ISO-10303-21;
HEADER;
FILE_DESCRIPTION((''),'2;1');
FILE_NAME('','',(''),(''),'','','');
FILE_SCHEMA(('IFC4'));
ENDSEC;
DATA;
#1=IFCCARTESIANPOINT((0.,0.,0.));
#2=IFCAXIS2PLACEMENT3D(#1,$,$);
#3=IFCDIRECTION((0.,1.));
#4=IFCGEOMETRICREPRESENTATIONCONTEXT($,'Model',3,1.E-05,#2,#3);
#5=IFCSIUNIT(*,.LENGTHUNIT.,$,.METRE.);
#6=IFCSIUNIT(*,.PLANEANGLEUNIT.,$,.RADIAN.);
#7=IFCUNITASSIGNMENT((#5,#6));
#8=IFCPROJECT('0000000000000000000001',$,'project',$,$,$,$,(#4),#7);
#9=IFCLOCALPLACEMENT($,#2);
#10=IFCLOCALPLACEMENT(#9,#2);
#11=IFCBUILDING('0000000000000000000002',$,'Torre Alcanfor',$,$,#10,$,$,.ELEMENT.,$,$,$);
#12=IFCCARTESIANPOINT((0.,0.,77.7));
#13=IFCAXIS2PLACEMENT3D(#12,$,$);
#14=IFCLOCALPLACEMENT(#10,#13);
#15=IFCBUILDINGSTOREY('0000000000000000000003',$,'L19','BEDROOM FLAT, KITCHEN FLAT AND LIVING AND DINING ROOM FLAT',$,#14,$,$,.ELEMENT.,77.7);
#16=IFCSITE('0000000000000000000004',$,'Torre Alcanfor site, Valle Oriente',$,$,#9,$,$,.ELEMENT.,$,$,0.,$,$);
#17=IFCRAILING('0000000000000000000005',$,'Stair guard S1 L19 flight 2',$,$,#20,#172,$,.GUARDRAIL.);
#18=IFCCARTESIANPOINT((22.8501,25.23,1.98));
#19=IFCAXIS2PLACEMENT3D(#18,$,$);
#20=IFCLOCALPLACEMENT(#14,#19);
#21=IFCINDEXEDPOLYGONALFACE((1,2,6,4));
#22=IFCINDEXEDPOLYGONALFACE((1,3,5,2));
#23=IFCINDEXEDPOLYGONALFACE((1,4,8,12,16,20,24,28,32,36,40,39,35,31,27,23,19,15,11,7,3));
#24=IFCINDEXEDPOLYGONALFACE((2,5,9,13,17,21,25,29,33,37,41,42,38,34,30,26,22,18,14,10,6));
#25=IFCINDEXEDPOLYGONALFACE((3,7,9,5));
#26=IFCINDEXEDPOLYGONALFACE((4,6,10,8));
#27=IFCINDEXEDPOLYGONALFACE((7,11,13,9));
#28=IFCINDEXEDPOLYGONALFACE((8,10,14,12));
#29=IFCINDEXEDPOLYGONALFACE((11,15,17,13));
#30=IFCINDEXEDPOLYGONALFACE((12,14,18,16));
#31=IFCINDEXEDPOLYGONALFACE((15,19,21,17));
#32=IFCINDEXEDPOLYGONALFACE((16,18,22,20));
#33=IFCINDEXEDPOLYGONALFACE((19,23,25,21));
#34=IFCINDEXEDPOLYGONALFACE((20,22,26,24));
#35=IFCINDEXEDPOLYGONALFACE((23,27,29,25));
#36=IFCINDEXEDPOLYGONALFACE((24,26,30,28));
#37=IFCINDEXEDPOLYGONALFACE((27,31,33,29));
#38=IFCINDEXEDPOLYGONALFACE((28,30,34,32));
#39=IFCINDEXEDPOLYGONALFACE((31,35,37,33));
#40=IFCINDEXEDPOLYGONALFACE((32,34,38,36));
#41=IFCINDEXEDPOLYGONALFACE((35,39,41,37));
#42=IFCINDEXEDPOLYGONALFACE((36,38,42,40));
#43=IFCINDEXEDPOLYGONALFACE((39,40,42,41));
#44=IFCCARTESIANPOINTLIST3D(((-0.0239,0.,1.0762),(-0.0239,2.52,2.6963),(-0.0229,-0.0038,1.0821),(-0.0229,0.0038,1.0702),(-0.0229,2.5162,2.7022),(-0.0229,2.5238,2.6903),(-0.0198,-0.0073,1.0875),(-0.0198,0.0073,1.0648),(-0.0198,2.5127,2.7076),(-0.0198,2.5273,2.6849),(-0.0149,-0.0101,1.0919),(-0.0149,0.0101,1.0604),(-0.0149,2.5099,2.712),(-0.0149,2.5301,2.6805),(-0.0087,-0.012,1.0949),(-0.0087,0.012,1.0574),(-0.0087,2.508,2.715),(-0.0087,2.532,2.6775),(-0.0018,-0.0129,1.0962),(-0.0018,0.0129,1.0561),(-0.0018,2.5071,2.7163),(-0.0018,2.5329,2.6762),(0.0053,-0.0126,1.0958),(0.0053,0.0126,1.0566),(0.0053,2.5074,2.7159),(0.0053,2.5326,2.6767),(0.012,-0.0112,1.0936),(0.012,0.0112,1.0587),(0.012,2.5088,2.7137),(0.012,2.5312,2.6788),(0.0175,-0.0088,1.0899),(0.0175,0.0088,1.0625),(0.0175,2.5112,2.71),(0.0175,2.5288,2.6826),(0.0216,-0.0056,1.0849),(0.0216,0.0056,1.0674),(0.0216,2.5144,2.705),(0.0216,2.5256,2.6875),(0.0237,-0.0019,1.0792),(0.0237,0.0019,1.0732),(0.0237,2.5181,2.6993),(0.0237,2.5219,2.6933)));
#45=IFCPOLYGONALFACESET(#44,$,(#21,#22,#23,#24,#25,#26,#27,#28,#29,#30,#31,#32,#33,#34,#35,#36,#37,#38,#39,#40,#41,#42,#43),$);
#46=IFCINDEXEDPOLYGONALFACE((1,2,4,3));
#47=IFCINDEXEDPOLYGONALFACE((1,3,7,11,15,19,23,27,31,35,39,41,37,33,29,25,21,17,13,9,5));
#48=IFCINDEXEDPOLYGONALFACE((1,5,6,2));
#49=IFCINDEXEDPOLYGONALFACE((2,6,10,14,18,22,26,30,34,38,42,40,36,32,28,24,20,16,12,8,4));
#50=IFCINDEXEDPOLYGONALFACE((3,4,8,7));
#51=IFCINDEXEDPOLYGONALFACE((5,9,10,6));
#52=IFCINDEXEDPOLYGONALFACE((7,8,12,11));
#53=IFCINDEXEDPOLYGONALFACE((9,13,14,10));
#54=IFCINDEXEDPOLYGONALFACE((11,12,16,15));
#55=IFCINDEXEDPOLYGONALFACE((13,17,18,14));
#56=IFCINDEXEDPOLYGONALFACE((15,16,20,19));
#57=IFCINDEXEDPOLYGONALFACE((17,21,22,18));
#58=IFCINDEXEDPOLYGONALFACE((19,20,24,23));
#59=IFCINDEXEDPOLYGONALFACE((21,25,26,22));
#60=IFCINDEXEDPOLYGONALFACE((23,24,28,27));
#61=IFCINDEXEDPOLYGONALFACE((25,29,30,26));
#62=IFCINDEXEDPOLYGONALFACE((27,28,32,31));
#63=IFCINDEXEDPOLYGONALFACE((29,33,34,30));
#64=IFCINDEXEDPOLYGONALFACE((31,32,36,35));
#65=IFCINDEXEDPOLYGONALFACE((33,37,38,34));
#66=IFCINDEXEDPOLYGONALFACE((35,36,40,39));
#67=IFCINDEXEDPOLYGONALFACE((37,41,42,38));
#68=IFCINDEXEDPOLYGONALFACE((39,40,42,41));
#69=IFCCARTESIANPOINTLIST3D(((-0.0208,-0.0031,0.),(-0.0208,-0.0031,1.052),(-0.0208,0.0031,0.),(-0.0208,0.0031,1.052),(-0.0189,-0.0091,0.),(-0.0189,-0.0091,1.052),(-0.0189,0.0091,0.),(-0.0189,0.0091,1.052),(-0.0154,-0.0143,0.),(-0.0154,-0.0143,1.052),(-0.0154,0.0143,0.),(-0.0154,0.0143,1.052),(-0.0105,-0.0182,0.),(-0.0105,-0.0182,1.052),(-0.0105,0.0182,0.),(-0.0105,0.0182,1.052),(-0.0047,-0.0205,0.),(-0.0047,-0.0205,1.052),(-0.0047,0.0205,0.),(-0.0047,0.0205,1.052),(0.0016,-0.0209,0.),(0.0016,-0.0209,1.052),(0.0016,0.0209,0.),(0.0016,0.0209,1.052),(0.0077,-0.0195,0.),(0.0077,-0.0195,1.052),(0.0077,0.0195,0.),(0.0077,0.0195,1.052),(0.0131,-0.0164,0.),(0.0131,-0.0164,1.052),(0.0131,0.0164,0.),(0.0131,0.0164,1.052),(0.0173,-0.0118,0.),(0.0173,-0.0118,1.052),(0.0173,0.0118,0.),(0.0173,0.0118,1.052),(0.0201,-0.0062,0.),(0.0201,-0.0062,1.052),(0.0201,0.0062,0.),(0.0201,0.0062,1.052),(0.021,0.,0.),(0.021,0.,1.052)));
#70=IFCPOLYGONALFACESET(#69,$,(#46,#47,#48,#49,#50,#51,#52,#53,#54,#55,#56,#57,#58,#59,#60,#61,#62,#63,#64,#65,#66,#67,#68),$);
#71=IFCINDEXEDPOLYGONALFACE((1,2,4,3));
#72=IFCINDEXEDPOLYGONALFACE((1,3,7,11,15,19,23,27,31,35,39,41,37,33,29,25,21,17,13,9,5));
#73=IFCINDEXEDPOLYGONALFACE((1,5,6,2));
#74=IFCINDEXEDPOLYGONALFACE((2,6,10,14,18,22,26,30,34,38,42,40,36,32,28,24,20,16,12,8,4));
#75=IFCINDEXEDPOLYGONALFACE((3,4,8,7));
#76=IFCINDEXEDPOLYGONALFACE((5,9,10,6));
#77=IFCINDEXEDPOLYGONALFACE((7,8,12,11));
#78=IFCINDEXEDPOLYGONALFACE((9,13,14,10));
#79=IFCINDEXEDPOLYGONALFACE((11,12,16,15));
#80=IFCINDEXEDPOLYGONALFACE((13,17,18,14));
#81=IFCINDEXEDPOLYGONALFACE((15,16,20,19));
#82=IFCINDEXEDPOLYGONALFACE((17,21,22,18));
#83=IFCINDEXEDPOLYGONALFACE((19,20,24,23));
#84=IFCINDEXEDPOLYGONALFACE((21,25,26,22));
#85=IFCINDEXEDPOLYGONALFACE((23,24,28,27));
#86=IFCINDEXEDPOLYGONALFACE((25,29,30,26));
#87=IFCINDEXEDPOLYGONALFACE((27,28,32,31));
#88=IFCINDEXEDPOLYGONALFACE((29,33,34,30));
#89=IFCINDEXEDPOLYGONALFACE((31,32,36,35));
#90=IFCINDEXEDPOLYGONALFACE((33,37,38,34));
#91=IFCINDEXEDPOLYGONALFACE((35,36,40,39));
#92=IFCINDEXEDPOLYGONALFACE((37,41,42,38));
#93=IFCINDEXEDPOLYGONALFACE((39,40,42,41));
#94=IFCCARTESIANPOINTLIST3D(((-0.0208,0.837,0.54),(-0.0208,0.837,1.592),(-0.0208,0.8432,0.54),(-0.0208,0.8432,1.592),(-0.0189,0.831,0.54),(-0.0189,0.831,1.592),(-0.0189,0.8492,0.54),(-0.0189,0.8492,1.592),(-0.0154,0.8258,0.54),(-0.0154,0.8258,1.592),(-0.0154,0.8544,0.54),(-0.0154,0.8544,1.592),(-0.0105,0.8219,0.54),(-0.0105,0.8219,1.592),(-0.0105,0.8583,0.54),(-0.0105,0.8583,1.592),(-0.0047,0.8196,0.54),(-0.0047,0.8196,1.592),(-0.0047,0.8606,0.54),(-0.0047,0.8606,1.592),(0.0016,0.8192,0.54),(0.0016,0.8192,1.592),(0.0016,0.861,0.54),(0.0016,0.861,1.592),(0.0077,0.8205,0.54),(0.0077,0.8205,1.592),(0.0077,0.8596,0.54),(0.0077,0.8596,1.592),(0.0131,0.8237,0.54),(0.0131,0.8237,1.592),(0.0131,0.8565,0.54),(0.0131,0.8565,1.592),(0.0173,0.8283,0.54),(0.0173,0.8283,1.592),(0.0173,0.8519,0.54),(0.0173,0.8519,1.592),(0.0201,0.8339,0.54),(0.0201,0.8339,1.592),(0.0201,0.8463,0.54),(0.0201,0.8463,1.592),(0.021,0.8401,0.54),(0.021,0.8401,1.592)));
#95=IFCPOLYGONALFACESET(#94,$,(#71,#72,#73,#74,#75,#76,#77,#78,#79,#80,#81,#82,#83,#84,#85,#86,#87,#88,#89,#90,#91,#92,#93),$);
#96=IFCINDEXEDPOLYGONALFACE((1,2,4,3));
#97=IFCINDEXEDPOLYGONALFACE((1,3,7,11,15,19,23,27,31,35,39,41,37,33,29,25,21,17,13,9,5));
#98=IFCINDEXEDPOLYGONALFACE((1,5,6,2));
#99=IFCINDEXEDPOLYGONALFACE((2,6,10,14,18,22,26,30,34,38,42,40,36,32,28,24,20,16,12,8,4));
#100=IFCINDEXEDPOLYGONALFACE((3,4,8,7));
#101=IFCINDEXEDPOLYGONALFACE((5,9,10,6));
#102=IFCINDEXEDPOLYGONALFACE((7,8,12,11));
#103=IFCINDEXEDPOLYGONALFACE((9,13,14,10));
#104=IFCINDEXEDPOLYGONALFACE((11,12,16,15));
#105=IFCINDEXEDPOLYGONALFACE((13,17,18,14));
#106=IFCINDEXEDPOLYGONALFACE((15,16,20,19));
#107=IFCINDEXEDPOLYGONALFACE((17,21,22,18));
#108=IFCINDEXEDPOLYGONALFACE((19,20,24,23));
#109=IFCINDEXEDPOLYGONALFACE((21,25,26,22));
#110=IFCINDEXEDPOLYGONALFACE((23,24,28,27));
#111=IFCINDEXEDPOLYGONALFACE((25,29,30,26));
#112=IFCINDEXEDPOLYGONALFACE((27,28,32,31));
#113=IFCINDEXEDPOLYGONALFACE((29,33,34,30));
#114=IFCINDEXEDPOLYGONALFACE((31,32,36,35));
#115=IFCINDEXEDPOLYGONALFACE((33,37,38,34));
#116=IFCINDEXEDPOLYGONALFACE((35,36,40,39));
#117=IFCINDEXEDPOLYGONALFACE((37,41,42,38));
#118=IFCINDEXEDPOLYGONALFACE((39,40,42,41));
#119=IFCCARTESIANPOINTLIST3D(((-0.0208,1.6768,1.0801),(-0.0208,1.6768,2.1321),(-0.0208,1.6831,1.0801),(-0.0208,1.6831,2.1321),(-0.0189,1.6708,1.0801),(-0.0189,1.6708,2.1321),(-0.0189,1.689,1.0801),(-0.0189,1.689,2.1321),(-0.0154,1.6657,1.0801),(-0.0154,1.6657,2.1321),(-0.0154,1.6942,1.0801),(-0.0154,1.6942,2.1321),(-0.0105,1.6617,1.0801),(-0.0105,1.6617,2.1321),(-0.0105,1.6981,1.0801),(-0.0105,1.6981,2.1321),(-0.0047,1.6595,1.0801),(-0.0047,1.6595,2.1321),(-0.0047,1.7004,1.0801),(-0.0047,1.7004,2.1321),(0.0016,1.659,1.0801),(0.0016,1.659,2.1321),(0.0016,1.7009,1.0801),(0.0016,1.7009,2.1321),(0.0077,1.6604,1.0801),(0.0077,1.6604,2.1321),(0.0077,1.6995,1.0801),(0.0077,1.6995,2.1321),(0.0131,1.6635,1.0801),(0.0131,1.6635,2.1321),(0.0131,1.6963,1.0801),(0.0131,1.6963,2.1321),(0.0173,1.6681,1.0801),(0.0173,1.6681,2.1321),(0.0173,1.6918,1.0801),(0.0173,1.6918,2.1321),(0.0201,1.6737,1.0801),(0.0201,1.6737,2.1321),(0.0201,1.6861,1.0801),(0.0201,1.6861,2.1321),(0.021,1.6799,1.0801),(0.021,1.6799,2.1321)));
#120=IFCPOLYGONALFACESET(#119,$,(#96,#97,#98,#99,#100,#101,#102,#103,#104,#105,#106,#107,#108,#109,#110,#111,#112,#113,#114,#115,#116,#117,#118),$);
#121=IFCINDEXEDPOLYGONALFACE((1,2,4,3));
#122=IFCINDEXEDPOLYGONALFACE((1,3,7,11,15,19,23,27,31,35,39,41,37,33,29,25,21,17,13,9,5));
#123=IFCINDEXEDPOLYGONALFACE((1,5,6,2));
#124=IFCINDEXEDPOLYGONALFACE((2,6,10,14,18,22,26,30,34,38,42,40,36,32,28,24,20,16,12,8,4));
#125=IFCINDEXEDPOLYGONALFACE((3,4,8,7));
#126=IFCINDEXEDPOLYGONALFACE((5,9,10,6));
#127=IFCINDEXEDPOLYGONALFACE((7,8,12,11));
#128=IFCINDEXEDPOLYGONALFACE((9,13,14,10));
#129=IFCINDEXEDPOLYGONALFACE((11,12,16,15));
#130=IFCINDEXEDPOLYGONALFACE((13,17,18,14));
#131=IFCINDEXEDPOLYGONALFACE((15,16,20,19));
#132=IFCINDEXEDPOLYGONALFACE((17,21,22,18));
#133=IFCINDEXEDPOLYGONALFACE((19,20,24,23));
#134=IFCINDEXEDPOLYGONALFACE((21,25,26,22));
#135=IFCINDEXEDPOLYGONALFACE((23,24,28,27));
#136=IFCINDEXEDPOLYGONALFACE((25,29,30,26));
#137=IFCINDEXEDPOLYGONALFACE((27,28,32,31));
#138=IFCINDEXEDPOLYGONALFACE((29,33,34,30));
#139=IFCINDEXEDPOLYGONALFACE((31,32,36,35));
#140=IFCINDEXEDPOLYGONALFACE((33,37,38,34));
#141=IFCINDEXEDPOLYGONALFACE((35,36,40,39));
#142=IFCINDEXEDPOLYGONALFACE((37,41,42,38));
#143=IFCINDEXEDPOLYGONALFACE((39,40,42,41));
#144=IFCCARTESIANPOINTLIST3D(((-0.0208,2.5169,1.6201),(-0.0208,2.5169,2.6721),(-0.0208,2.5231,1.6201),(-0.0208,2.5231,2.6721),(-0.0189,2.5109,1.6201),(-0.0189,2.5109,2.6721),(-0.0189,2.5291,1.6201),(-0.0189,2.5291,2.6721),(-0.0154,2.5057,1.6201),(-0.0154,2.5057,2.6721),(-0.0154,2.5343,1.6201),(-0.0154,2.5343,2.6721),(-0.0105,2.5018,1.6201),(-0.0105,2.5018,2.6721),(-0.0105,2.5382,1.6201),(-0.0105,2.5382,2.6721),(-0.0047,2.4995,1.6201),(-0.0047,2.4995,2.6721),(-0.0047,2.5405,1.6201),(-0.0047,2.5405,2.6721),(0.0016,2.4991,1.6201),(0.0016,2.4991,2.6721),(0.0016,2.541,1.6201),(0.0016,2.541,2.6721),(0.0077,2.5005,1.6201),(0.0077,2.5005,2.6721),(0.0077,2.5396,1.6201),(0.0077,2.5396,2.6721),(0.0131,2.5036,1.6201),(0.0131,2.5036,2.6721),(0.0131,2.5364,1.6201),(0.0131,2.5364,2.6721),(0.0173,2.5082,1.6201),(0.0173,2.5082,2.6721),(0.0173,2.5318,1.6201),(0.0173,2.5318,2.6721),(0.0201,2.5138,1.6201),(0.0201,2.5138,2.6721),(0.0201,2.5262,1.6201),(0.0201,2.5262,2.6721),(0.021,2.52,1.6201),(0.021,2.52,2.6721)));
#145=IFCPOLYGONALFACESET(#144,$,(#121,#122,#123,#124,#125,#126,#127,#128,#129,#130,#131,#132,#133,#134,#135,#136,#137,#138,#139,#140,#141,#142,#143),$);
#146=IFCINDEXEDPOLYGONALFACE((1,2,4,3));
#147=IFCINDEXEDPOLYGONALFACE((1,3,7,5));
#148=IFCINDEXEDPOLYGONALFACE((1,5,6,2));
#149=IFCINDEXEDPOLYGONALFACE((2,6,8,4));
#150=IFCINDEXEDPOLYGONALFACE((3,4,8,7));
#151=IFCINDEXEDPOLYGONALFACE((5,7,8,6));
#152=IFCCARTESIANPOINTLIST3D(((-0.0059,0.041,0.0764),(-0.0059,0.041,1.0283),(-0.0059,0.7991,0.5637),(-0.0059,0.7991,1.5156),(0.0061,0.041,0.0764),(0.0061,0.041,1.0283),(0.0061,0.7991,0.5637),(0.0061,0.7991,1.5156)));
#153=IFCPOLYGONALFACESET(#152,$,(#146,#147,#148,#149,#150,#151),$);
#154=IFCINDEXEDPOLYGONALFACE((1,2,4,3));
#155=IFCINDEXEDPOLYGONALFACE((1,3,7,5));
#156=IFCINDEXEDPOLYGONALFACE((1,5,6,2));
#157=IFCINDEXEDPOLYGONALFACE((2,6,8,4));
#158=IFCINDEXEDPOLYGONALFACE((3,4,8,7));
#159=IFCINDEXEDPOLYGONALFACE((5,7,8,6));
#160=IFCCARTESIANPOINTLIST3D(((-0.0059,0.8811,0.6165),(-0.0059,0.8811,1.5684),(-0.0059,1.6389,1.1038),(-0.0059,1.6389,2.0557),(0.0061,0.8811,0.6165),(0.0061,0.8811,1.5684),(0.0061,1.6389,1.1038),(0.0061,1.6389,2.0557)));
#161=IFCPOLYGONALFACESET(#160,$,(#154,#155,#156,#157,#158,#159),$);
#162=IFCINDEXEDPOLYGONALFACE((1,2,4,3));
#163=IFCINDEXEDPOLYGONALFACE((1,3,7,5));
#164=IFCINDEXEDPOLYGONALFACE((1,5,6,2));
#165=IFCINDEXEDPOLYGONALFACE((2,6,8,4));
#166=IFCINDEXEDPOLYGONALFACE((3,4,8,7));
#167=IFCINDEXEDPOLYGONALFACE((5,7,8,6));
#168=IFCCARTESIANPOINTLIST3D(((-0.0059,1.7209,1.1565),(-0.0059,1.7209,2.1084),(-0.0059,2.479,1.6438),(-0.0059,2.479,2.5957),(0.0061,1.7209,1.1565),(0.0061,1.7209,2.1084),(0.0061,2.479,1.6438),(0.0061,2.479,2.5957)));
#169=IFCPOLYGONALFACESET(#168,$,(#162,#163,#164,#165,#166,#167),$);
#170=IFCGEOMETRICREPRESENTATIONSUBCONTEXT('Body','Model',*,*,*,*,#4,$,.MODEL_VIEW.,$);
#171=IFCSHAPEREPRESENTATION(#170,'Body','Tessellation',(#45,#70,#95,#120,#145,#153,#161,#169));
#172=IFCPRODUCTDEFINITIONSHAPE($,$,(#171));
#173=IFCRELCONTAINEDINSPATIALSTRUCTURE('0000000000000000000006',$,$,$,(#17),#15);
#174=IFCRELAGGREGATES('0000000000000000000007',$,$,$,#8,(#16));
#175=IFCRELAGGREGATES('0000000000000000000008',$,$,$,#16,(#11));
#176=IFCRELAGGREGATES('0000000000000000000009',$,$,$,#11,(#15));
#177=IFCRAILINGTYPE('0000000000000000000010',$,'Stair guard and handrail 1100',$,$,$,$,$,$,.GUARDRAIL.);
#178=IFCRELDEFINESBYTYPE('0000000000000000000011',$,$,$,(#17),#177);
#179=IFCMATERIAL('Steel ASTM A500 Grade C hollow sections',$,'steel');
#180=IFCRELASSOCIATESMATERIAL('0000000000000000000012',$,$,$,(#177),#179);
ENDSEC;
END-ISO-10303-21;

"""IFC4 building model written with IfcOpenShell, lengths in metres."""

from ifc_helpers import new_model, si_unit, direction, frame, origin, origin_2d, place, context, subcontext, project, spatial, polyline, circle, outline, extrude, material, type_object, element, save


model = new_model("IFC4")

# Units and contexts
model_context = context("Model", 3, precision=1e-05, world=origin(), true_north=direction((0.0, 1.0)))
body_context = subcontext(model_context, "Body", "Model", "MODEL_VIEW")
ifc_project = project(units=[si_unit("LENGTHUNIT", "METRE"), si_unit("PLANEANGLEUNIT", "RADIAN")], contexts=[model_context])

# Site, building, storey
site_placement = place(None, origin())
site = spatial("IfcSite", under=ifc_project, at=site_placement, Name="Torre Alcanfor site, Valle Oriente", CompositionType="ELEMENT", RefElevation=0.0)
building_placement = place(site_placement, origin())
building = spatial("IfcBuilding", under=site, at=building_placement, Name="Torre Alcanfor", CompositionType="ELEMENT")
storey_placement = place(building_placement, frame((0.0, 0.0, 77.7)))
storey = spatial("IfcBuildingStorey", under=building, at=storey_placement, Name="L19", Description="BEDROOM FLAT, KITCHEN FLAT AND LIVING AND DINING ROOM FLAT", CompositionType="ELEMENT", Elevation=77.7)

# Railing
ifc_material_1 = material(Name="Steel ASTM A500 Grade C hollow sections", Category="steel")
railing_type_1 = type_object("IfcRailingType", Name="Stair guard and handrail 1100", PredefinedType="GUARDRAIL", material=ifc_material_1)
railing_1_placement = place(storey_placement, frame((22.8501, 25.23, 1.98)))
element("IfcRailing", 1, at=railing_1_placement, inside=storey, type_object=railing_type_1, Name="Stair guard S1 L19 flight 2", PredefinedType="GUARDRAIL", context=body_context, shape_type="SweptSolid", body=[
    extrude(circle(Radius=0.0239, at=origin_2d()), frame((0.0, 0.0, 1.0762), z_axis=(0.0, 0.841163, 0.540782), x_axis=(-1.0, 0.0, 0.0)), (0.0, 0.0, 1.0), 2.9958),
    extrude(circle(Radius=0.021, at=origin_2d()), origin(), (0.0, 0.0, 1.0), 1.052),
    extrude(circle(Radius=0.021, at=origin_2d()), frame((0.0, 0.8401, 0.54)), (0.0, 0.0, 1.0), 1.052),
    extrude(circle(Radius=0.021, at=origin_2d()), frame((0.0, 1.6799, 1.0801)), (0.0, 0.0, 1.0), 1.052),
    extrude(circle(Radius=0.021, at=origin_2d()), frame((0.0, 2.52, 1.6201)), (0.0, 0.0, 1.0), 1.052),
    extrude(outline(polyline([(0.041, 0.0764), (0.7991, 0.5637), (0.7991, 1.5156), (0.041, 1.0283), (0.041, 0.0764)])), frame((-0.0059, 0.0, 0.0), z_axis=(1.0, 0.0, 0.0), x_axis=(0.0, 1.0, 0.0)), (0.0, 0.0, 1.0), 0.012),
    extrude(outline(polyline([(0.8811, 0.6165), (1.6389, 1.1038), (1.6389, 2.0557), (0.8811, 1.5684), (0.8811, 0.6165)])), frame((-0.0059, 0.0, 0.0), z_axis=(1.0, 0.0, 0.0), x_axis=(0.0, 1.0, 0.0)), (0.0, 0.0, 1.0), 0.012),
    extrude(outline(polyline([(1.7209, 1.1565), (2.479, 1.6438), (2.479, 2.5957), (1.7209, 2.1084), (1.7209, 1.1565)])), frame((-0.0059, 0.0, 0.0), z_axis=(1.0, 0.0, 0.0), x_axis=(0.0, 1.0, 0.0)), (0.0, 0.0, 1.0), 0.012),
])

save(model, "model.ifc")
